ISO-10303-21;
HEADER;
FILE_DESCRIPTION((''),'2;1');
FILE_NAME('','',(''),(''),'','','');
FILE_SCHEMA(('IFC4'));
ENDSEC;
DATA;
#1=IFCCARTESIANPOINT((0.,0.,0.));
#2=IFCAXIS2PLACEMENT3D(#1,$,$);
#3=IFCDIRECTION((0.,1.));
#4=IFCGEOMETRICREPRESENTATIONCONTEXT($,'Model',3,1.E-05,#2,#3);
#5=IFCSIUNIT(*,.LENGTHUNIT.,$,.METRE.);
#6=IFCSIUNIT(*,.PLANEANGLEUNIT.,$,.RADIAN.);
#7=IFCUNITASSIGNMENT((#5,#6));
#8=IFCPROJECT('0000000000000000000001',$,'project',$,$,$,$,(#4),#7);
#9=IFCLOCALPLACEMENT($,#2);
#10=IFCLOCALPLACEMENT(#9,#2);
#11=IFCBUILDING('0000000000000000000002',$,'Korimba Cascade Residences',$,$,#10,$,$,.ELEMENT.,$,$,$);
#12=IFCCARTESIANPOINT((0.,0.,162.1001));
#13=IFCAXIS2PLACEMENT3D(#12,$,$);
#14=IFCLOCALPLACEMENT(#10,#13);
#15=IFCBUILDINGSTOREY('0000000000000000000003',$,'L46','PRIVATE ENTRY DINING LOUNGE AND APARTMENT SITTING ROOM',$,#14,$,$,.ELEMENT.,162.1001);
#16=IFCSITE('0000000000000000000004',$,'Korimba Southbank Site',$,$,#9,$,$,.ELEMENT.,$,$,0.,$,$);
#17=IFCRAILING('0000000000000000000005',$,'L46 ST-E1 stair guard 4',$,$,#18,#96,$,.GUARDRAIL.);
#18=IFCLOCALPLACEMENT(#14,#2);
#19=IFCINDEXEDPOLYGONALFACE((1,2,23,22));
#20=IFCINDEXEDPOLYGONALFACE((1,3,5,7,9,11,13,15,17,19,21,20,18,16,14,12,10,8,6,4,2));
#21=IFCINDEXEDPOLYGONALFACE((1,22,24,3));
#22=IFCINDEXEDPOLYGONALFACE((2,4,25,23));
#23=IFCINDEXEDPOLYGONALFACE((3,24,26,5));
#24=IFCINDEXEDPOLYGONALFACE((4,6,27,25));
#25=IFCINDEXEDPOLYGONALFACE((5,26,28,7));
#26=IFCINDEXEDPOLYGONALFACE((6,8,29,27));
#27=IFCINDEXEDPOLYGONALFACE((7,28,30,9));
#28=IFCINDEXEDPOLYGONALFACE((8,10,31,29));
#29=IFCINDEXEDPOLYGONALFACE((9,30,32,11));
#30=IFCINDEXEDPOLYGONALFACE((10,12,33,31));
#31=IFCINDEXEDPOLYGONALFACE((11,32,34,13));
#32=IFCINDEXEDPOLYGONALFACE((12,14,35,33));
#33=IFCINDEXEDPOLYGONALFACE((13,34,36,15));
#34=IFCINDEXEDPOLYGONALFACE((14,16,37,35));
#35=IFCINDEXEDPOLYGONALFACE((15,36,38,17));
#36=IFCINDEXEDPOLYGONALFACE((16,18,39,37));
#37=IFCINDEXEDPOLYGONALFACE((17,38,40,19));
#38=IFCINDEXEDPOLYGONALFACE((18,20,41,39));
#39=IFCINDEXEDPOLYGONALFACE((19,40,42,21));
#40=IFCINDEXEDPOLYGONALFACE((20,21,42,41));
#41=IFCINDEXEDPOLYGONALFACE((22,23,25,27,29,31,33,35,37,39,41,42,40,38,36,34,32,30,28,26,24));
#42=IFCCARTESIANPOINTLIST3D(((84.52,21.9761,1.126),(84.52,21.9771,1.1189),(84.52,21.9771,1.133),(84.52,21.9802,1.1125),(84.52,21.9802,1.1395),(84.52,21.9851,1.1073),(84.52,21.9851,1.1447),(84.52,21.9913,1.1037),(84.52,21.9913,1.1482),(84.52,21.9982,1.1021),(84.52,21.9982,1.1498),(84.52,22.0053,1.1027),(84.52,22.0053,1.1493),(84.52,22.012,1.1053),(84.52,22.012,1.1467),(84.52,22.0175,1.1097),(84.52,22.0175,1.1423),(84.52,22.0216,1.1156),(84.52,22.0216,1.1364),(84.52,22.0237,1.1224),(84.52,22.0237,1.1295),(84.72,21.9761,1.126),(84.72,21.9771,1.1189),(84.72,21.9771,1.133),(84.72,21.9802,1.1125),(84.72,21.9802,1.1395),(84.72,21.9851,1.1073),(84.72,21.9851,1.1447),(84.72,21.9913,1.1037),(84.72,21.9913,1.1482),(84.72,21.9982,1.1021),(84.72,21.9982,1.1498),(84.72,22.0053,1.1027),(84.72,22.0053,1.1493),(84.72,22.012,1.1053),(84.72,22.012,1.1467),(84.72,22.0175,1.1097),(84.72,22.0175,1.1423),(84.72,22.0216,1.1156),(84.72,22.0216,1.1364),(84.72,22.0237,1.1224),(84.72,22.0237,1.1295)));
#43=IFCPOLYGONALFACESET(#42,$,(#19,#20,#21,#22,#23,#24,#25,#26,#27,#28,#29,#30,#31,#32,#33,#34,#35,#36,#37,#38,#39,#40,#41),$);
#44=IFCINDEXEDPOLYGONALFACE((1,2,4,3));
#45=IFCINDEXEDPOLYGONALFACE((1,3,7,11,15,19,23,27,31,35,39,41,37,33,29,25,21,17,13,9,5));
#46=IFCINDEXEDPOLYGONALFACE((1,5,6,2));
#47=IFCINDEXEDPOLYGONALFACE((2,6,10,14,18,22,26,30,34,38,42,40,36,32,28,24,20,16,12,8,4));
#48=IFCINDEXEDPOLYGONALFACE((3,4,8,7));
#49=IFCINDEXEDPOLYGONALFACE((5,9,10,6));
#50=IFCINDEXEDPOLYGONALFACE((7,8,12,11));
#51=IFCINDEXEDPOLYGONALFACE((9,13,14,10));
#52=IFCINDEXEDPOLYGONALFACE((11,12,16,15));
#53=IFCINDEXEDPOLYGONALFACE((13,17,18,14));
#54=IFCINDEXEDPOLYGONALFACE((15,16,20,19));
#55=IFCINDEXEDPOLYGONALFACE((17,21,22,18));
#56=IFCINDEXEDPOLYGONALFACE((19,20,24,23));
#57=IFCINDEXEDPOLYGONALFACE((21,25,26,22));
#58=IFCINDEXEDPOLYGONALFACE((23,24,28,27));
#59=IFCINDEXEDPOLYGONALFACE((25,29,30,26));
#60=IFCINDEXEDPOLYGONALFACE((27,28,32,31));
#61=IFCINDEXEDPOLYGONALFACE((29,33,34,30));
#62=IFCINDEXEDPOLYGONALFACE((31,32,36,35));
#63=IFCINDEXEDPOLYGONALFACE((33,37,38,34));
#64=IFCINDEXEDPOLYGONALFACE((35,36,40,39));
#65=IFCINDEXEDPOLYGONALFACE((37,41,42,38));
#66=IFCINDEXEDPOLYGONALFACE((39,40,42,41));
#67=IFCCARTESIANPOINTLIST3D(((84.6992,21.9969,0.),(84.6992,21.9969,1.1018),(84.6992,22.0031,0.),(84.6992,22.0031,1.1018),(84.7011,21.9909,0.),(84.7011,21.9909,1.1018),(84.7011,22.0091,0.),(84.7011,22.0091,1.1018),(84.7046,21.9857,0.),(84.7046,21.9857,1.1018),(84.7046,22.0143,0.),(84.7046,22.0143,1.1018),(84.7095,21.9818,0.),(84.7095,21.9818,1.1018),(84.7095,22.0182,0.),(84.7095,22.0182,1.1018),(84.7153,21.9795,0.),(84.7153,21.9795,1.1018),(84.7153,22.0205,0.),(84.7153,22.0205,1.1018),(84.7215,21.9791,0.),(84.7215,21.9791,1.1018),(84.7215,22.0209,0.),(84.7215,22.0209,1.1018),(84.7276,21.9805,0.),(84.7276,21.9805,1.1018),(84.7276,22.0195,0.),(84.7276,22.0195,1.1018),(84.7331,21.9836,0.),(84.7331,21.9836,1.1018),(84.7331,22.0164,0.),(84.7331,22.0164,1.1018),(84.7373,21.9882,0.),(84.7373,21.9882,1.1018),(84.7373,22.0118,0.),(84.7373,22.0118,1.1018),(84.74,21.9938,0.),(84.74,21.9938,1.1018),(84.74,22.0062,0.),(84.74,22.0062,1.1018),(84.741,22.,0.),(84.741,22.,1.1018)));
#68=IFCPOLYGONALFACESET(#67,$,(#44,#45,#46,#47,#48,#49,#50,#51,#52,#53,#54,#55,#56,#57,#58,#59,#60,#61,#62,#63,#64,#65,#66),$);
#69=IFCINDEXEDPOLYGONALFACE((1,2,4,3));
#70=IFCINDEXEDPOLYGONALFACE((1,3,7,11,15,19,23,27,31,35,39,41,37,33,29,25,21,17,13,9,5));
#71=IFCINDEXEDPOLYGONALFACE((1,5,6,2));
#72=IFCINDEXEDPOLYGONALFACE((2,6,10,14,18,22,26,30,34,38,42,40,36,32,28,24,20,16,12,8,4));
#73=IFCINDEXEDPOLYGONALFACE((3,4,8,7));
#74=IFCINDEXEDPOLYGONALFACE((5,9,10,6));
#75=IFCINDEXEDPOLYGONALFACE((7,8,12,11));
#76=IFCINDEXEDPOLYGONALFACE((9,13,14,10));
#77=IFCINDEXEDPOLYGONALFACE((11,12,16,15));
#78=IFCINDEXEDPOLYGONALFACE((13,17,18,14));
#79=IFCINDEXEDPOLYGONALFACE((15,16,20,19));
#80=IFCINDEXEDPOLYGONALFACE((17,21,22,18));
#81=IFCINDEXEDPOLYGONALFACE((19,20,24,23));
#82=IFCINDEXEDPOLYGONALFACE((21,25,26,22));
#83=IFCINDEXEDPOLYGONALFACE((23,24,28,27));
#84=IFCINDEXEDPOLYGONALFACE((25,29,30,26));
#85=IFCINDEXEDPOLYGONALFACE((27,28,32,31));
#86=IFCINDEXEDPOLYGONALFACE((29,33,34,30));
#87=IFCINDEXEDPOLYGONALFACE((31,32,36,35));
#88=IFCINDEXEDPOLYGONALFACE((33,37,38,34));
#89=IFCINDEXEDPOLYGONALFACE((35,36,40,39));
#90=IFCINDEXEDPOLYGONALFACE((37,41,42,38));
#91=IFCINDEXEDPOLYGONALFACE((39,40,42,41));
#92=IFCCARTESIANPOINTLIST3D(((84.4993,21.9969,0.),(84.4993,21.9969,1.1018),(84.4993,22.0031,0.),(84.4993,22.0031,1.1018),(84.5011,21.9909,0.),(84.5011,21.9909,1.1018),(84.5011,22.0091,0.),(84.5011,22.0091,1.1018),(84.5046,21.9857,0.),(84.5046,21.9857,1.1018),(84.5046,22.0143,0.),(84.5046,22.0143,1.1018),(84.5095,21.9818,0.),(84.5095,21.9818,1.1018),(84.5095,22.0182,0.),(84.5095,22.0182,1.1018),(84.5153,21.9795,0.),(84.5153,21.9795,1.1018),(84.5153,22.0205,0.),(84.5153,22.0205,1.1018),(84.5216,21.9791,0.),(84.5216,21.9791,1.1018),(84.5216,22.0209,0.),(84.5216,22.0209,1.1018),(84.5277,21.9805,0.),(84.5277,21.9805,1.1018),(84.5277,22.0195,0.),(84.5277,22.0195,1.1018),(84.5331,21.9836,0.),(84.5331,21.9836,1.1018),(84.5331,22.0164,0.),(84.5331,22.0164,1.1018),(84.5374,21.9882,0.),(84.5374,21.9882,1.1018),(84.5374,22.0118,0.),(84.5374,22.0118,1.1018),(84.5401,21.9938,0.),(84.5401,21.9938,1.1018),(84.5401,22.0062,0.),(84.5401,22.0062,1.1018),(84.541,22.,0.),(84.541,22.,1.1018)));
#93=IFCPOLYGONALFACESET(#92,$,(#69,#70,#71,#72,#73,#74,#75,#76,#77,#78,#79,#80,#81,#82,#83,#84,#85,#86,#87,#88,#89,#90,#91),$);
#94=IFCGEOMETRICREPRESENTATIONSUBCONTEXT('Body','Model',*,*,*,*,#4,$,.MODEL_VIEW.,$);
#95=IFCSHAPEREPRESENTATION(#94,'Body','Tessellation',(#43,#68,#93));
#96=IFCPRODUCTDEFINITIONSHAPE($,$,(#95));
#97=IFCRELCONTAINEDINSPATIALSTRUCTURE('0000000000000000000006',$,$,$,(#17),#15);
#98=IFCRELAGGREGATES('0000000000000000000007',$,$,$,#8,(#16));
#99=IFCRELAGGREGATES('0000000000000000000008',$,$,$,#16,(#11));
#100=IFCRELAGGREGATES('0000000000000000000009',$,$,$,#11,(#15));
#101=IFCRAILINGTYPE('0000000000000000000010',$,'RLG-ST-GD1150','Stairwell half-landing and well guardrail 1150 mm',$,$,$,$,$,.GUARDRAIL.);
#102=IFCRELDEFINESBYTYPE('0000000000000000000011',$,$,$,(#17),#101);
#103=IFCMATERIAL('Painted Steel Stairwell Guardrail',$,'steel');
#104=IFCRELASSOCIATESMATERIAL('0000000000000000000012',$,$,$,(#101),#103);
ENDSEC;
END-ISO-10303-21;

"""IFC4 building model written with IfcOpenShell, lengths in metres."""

from ifc_helpers import new_model, si_unit, direction, frame, origin, origin_2d, place, context, subcontext, project, spatial, circle, extrude, material, type_object, element, save


model = new_model("IFC4")

# Units and contexts
model_context = context("Model", 3, precision=1e-05, world=origin(), true_north=direction((0.0, 1.0)))
body_context = subcontext(model_context, "Body", "Model", "MODEL_VIEW")
ifc_project = project(units=[si_unit("LENGTHUNIT", "METRE"), si_unit("PLANEANGLEUNIT", "RADIAN")], contexts=[model_context])

# Site, building, storey
site_placement = place(None, origin())
site = spatial("IfcSite", under=ifc_project, at=site_placement, Name="Korimba Southbank Site", CompositionType="ELEMENT", RefElevation=0.0)
building_placement = place(site_placement, origin())
building = spatial("IfcBuilding", under=site, at=building_placement, Name="Korimba Cascade Residences", CompositionType="ELEMENT")
storey_placement = place(building_placement, frame((0.0, 0.0, 162.1001)))
storey = spatial("IfcBuildingStorey", under=building, at=storey_placement, Name="L46", Description="PRIVATE ENTRY DINING LOUNGE AND APARTMENT SITTING ROOM", CompositionType="ELEMENT", Elevation=162.1001)

# Railing
ifc_material_1 = material(Name="Painted Steel Stairwell Guardrail", Category="steel")
railing_type_1 = type_object("IfcRailingType", Name="RLG-ST-GD1150", Description="Stairwell half-landing and well guardrail 1150 mm", PredefinedType="GUARDRAIL", material=ifc_material_1)
railing_1_placement = place(storey_placement, frame((84.72, 22.0, 0.0)))
element("IfcRailing", 1, at=railing_1_placement, inside=storey, type_object=railing_type_1, Name="L46 ST-E1 stair guard 4", PredefinedType="GUARDRAIL", context=body_context, shape_type="SweptSolid", body=[
    extrude(circle(Radius=0.0239, at=origin_2d()), frame((0.0, 0.0, 1.126), z_axis=(-1.0, 0.0, 0.0), x_axis=(0.0, -1.0, 0.0)), (0.0, 0.0, 1.0), 0.2),
    extrude(circle(Radius=0.021, at=origin_2d()), origin(), (0.0, 0.0, 1.0), 1.1018),
    extrude(circle(Radius=0.021, at=origin_2d()), frame((-0.2, 0.0, 0.0)), (0.0, 0.0, 1.0), 1.1018),
])

save(model, "model.ifc")
